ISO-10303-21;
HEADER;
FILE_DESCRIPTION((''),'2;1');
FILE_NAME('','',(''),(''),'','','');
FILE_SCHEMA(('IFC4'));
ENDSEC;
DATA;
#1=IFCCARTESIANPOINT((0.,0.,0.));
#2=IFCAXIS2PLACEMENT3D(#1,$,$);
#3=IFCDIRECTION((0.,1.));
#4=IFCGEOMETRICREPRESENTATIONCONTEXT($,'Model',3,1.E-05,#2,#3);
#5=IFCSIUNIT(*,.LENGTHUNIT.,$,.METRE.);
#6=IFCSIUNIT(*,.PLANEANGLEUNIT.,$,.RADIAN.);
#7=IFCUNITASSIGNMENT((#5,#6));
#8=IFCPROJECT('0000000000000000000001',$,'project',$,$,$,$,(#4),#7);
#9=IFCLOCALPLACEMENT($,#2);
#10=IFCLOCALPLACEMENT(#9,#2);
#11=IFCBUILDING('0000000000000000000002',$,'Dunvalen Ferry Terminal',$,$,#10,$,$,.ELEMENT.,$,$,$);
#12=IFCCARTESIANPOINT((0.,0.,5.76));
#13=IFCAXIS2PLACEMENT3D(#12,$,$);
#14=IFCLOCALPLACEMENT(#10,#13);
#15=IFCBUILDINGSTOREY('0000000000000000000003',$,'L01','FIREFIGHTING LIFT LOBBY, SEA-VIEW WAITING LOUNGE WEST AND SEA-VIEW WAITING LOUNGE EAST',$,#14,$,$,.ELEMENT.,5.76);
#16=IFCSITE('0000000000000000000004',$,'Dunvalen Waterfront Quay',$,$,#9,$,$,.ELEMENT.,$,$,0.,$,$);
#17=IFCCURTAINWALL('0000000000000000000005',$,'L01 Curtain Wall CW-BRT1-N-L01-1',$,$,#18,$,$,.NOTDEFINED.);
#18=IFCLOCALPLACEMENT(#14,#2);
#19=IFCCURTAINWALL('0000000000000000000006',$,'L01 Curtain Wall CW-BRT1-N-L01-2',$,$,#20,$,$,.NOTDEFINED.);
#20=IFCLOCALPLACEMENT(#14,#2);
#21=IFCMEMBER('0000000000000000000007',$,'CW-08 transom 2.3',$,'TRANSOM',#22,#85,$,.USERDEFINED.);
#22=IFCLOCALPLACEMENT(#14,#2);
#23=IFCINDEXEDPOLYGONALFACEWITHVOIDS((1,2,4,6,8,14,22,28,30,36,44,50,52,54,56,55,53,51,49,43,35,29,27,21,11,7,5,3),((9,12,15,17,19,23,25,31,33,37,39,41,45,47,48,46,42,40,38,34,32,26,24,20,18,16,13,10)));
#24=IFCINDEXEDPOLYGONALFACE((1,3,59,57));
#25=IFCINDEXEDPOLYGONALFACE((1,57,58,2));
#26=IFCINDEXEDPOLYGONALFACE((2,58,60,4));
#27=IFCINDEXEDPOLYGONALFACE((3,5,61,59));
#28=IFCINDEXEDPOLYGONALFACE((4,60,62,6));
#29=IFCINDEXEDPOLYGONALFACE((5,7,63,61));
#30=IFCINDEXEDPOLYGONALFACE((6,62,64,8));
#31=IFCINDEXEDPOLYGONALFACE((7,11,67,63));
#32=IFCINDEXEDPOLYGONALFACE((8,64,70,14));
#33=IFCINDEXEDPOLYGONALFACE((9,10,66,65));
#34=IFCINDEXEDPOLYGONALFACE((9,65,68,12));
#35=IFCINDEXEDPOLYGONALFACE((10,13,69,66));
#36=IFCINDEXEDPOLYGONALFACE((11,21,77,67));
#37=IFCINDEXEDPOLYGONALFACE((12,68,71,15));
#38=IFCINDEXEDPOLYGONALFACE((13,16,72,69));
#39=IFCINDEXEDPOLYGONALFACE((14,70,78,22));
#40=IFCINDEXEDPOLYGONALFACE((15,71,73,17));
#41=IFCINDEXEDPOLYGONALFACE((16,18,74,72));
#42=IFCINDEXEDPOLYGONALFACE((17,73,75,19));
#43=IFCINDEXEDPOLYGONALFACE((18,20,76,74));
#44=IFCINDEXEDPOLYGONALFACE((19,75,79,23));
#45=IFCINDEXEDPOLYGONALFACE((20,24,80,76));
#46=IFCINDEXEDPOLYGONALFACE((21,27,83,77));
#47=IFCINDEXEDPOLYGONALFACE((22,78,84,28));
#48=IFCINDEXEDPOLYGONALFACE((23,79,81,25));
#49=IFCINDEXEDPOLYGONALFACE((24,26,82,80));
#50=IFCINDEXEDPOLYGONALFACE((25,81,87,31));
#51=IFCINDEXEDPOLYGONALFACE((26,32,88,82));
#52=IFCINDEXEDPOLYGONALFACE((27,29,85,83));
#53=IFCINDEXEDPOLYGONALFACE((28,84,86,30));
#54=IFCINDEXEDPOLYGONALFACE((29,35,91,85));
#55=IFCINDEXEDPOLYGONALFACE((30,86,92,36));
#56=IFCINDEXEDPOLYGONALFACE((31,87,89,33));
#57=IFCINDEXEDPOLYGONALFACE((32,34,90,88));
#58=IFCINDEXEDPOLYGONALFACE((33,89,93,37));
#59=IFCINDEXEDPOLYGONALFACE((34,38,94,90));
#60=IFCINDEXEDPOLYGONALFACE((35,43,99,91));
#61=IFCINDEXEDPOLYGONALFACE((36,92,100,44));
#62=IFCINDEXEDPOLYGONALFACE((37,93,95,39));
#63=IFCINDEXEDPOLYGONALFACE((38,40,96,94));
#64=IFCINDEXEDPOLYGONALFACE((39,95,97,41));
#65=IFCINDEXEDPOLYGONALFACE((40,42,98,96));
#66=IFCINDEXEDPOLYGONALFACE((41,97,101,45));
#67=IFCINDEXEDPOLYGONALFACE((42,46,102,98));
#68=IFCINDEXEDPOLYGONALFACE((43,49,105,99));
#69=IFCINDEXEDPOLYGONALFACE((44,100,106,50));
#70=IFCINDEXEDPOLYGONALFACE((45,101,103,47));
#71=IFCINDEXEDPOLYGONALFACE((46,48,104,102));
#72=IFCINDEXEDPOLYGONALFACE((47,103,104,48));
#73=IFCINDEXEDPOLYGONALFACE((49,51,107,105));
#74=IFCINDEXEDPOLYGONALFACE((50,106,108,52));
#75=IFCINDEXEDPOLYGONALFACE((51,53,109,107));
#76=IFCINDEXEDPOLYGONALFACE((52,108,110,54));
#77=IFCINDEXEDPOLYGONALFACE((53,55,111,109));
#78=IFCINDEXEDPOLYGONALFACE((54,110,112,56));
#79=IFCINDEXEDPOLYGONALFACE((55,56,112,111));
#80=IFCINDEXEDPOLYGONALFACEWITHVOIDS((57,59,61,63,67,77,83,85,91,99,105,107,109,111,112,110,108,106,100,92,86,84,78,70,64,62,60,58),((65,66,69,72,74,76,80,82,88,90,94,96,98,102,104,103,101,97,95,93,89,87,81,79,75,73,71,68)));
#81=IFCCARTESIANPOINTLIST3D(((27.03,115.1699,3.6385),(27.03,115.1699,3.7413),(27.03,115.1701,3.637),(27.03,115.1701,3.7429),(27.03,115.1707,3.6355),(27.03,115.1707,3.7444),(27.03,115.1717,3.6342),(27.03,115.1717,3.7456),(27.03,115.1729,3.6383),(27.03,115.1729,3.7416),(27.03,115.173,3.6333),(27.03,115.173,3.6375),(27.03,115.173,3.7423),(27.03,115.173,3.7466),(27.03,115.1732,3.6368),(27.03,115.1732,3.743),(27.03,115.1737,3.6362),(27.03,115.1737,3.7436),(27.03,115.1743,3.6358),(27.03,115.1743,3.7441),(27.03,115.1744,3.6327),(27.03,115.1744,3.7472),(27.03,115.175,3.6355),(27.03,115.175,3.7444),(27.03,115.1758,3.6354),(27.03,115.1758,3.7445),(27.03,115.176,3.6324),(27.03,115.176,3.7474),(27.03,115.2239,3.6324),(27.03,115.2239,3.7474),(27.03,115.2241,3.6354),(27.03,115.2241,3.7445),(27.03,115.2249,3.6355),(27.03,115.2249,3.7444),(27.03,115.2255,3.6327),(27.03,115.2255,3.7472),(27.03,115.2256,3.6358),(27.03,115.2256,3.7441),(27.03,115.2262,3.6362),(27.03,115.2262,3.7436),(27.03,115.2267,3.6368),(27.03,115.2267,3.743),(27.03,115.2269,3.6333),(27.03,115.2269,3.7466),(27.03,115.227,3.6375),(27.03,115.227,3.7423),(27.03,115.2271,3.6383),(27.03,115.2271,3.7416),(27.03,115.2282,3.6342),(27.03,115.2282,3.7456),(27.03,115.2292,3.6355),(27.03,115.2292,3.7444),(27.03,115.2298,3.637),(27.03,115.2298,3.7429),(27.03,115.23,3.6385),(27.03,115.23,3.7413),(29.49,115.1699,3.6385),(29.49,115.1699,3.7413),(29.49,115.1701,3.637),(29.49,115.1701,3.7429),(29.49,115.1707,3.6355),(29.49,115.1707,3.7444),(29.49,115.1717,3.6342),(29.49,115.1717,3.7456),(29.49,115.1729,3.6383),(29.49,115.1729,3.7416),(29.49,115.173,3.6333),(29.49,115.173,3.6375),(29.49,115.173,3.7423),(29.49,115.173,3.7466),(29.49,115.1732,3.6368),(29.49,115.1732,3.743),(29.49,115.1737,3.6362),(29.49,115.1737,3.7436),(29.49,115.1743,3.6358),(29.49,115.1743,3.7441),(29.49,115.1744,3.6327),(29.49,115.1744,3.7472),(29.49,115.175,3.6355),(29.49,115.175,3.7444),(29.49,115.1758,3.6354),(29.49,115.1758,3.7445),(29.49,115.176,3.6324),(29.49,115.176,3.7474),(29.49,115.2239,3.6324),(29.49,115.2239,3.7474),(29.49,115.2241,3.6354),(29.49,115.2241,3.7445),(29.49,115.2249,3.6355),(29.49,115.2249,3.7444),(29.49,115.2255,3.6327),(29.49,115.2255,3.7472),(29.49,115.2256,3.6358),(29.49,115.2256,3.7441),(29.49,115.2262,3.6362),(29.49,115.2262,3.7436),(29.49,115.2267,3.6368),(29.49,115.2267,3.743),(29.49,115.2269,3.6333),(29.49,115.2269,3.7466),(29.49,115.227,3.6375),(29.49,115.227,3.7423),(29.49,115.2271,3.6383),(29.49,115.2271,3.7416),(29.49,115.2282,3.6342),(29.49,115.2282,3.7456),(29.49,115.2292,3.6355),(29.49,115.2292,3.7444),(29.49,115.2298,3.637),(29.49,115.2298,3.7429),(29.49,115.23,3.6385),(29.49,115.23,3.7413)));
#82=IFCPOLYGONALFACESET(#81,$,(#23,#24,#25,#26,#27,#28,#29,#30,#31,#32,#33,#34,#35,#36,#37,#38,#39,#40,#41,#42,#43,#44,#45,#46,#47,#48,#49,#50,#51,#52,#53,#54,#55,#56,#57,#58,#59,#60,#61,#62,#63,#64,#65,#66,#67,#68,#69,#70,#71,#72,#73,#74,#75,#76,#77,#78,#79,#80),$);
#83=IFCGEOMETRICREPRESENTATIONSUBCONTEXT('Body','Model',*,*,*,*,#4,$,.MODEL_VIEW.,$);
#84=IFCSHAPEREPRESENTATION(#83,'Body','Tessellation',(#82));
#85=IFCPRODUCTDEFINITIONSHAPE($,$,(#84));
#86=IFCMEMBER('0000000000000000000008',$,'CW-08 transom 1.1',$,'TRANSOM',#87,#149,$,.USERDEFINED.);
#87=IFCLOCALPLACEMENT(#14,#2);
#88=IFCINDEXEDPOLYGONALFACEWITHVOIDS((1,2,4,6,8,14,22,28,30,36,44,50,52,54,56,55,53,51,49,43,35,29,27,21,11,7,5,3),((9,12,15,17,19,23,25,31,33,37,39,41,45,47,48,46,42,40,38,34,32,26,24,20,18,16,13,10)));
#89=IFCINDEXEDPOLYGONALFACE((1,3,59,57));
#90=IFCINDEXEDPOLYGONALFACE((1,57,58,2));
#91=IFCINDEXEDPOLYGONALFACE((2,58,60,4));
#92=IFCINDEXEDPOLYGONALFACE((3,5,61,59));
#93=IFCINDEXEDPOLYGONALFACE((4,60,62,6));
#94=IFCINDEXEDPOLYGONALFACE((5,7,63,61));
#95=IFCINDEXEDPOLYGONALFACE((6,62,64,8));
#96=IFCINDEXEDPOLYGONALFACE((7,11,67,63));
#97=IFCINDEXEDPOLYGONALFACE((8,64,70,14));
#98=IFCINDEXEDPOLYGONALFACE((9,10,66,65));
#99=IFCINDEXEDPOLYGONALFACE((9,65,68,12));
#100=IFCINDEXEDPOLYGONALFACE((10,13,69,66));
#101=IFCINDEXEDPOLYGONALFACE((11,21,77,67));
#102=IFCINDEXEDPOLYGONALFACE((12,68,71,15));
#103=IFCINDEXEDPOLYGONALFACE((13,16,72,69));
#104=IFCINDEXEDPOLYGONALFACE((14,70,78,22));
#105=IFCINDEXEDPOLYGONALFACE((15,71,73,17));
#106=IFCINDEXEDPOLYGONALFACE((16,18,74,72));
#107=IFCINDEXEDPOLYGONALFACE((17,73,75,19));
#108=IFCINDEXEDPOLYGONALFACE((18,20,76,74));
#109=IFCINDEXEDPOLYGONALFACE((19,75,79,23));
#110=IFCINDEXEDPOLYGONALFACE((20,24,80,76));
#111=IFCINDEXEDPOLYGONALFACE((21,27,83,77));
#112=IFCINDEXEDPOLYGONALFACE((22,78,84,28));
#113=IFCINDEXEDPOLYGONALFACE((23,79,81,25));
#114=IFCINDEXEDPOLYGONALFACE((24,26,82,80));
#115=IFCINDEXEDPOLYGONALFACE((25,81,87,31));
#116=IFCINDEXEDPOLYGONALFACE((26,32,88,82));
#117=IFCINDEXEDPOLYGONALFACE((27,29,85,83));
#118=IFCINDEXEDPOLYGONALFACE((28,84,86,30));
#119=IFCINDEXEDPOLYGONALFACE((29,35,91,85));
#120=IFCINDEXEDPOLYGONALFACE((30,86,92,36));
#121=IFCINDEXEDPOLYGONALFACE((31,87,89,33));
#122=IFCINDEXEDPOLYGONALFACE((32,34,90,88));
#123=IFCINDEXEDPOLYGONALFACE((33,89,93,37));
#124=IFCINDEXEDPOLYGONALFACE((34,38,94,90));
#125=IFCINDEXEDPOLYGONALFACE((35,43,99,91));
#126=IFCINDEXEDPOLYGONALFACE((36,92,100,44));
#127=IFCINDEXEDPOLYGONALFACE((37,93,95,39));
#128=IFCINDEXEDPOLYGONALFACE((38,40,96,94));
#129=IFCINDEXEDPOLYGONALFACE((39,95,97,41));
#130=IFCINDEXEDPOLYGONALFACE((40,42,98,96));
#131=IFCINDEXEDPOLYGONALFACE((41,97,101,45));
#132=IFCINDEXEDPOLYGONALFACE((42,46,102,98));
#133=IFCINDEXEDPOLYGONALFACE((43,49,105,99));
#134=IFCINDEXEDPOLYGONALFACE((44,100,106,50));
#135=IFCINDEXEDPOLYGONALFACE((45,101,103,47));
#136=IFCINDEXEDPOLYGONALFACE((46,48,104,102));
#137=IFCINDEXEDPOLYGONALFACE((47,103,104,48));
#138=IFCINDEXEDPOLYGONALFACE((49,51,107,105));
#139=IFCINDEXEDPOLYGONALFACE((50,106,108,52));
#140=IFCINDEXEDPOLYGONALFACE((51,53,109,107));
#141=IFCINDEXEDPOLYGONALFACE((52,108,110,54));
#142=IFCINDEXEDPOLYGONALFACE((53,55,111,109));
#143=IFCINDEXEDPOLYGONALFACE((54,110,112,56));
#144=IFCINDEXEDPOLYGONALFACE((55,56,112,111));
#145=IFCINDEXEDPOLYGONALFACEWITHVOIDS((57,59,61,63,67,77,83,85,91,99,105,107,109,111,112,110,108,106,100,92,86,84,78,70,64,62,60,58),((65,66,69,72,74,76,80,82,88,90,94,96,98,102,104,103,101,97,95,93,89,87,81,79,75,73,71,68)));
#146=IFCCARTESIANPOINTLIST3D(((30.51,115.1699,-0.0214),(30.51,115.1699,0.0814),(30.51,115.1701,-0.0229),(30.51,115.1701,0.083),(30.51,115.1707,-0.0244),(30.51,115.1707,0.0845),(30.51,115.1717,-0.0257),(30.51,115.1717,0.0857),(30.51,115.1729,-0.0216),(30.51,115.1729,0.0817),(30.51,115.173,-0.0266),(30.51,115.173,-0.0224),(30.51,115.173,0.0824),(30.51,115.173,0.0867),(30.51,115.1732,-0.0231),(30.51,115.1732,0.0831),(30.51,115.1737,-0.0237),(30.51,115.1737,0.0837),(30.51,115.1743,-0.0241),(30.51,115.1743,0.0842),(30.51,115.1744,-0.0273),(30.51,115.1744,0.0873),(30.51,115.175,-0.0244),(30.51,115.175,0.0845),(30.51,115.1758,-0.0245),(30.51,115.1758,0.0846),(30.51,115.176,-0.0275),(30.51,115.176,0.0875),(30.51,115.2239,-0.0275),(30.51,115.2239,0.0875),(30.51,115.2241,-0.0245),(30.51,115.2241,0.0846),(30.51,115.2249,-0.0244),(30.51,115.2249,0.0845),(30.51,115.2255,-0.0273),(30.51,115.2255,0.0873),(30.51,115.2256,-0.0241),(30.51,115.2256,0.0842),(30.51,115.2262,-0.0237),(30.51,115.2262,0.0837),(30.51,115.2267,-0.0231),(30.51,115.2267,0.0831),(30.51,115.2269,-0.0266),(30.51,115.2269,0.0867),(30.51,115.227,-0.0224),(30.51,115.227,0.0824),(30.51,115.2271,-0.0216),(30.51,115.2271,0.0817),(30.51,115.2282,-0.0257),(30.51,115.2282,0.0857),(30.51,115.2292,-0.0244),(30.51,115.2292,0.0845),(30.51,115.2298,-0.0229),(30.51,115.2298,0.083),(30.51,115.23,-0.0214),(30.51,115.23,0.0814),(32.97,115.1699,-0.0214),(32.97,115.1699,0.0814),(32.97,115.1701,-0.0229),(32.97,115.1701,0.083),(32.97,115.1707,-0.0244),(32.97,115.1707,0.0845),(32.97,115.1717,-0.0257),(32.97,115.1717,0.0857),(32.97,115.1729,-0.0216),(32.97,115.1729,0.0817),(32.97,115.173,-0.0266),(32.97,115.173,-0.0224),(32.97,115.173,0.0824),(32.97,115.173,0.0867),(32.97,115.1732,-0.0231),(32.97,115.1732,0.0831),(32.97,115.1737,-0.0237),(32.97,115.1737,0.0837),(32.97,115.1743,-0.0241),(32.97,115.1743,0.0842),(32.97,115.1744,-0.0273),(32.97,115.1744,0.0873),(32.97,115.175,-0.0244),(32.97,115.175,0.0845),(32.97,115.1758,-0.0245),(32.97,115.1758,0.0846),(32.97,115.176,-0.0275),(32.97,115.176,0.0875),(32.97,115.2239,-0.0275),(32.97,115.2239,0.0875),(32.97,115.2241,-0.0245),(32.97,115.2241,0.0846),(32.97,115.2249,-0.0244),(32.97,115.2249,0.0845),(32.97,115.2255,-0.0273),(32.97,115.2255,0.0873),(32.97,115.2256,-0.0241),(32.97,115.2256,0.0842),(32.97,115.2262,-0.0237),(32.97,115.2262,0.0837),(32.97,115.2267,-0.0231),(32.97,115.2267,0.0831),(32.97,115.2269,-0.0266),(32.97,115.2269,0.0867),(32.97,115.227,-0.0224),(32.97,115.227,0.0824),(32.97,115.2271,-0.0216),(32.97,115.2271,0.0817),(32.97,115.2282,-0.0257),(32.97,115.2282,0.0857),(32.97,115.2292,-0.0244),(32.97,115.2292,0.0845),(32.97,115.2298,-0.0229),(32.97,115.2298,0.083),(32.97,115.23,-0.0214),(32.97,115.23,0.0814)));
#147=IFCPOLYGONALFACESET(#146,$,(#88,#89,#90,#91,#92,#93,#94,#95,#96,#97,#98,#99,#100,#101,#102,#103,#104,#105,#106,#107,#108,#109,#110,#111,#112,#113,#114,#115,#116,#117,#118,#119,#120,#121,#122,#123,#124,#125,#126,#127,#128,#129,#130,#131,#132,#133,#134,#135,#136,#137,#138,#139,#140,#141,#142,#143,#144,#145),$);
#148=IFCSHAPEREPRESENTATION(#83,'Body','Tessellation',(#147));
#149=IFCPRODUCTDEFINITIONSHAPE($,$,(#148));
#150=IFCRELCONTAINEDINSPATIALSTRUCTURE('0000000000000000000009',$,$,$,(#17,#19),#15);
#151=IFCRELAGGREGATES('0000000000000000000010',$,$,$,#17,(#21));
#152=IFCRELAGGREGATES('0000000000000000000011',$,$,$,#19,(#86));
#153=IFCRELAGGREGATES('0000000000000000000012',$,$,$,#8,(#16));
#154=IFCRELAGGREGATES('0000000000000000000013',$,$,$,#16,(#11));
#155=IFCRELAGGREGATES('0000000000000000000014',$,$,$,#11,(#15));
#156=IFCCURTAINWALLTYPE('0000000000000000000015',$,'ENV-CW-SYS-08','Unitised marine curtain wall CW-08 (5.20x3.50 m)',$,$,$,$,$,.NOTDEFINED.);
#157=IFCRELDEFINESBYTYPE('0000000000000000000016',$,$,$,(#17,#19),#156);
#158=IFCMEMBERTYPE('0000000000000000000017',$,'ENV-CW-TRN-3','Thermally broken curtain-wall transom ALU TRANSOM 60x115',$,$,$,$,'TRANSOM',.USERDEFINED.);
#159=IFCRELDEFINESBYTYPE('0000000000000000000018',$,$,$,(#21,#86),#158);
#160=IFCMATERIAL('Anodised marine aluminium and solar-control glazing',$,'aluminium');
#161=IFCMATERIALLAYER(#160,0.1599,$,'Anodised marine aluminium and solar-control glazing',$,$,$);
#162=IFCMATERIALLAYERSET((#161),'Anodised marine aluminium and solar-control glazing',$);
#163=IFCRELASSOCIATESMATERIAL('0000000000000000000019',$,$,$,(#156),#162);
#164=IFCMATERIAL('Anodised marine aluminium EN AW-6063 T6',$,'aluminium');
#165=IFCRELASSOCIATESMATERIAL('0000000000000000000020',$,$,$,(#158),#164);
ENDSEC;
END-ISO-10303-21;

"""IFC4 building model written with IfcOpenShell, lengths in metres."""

from ifc_helpers import new_model, si_unit, direction, frame, origin, origin_2d, place, context, subcontext, project, spatial, hollow_rectangle, extrude, material, layer, layer_set, material_profile, profile_set, type_object, element, aggregate, save


model = new_model("IFC4")

# Units and contexts
model_context = context("Model", 3, precision=1e-05, world=origin(), true_north=direction((0.0, 1.0)))
body_context = subcontext(model_context, "Body", "Model", "MODEL_VIEW")
ifc_project = project(units=[si_unit("LENGTHUNIT", "METRE"), si_unit("PLANEANGLEUNIT", "RADIAN")], contexts=[model_context])

# Site, building, storey
site_placement = place(None, origin())
site = spatial("IfcSite", under=ifc_project, at=site_placement, Name="Dunvalen Waterfront Quay", CompositionType="ELEMENT", RefElevation=0.0)
building_placement = place(site_placement, origin())
building = spatial("IfcBuilding", under=site, at=building_placement, Name="Dunvalen Ferry Terminal", CompositionType="ELEMENT")
storey_placement = place(building_placement, frame((0.0, 0.0, 5.76)))
storey = spatial("IfcBuildingStorey", under=building, at=storey_placement, Name="L01", Description="FIREFIGHTING LIFT LOBBY, SEA-VIEW WAITING LOUNGE WEST AND SEA-VIEW WAITING LOUNGE EAST", CompositionType="ELEMENT", Elevation=5.76)

# Curtain walls
ifc_material_1 = material(Name="Anodised marine aluminium and solar-control glazing", Category="aluminium")
ifc_layer_1 = layer(ifc_material_1, 0.1599, Name="Anodised marine aluminium and solar-control glazing")
ifc_layer_set_1 = layer_set([ifc_layer_1], Name="Anodised marine aluminium and solar-control glazing")
curtain_wall_type = type_object("IfcCurtainWallType", Name="ENV-CW-SYS-08", Description="Unitised marine curtain wall CW-08 (5.20x3.50 m)", PredefinedType="NOTDEFINED", material=ifc_layer_set_1)
curtain_wall_1_placement = place(storey_placement, origin())
curtain_wall_1 = element("IfcCurtainWall", 1, at=curtain_wall_1_placement, inside=storey, type_object=curtain_wall_type, Name="L01 Curtain Wall CW-BRT1-N-L01-1", PredefinedType="NOTDEFINED")
ifc_material_2 = material(Name="Anodised marine aluminium EN AW-6063 T6", Category="aluminium")
curtain_wall_2_placement = place(storey_placement, origin())
curtain_wall_2 = element("IfcCurtainWall", 2, at=curtain_wall_2_placement, inside=storey, type_object=curtain_wall_type, Name="L01 Curtain Wall CW-BRT1-N-L01-2", PredefinedType="NOTDEFINED")

# Members
ifc_material_profile_1 = material_profile(ifc_material_2, hollow_rectangle(XDim=0.0601, YDim=0.115, WallThickness=0.0029, InnerFilletRadius=0.0029, OuterFilletRadius=0.0061, at=origin_2d()), Name="Anodised marine aluminium EN AW-6063 T6")
ifc_profile_set_1 = profile_set([ifc_material_profile_1], Name="Anodised marine aluminium EN AW-6063 T6")
member_type_1 = type_object("IfcMemberType", Name="ENV-CW-TRN-3", Description="Thermally broken curtain-wall transom ALU TRANSOM 60x115", ElementType="TRANSOM", PredefinedType="USERDEFINED", material=ifc_profile_set_1)
member_1_placement = place(storey_placement, frame((27.03, 115.2, 3.6899), z_axis=(1.0, 0.0, 0.0), x_axis=(0.0, 1.0, 0.0)))
member_1 = element("IfcMember", 3, at=member_1_placement, type_object=member_type_1, Name="CW-08 transom 2.3", ObjectType="TRANSOM", PredefinedType="USERDEFINED", context=body_context, shape_type="SweptSolid", body=[
    extrude(hollow_rectangle(XDim=0.0601, YDim=0.115, WallThickness=0.0029, InnerFilletRadius=0.0029, OuterFilletRadius=0.0061, at=origin_2d()), origin(), (0.0, 0.0, 1.0), 2.46),
])
member_2_placement = place(storey_placement, frame((30.51, 115.2, 0.03), z_axis=(1.0, 0.0, 0.0), x_axis=(0.0, 1.0, 0.0)))
member_2 = element("IfcMember", 4, at=member_2_placement, type_object=member_type_1, Name="CW-08 transom 1.1", ObjectType="TRANSOM", PredefinedType="USERDEFINED", context=body_context, shape_type="SweptSolid", body=[
    extrude(hollow_rectangle(XDim=0.0601, YDim=0.115, WallThickness=0.0029, InnerFilletRadius=0.0029, OuterFilletRadius=0.0061, at=origin_2d()), origin(), (0.0, 0.0, 1.0), 2.46),
])

aggregate(curtain_wall_1, [member_1])
aggregate(curtain_wall_2, [member_2])

save(model, "model.ifc")
